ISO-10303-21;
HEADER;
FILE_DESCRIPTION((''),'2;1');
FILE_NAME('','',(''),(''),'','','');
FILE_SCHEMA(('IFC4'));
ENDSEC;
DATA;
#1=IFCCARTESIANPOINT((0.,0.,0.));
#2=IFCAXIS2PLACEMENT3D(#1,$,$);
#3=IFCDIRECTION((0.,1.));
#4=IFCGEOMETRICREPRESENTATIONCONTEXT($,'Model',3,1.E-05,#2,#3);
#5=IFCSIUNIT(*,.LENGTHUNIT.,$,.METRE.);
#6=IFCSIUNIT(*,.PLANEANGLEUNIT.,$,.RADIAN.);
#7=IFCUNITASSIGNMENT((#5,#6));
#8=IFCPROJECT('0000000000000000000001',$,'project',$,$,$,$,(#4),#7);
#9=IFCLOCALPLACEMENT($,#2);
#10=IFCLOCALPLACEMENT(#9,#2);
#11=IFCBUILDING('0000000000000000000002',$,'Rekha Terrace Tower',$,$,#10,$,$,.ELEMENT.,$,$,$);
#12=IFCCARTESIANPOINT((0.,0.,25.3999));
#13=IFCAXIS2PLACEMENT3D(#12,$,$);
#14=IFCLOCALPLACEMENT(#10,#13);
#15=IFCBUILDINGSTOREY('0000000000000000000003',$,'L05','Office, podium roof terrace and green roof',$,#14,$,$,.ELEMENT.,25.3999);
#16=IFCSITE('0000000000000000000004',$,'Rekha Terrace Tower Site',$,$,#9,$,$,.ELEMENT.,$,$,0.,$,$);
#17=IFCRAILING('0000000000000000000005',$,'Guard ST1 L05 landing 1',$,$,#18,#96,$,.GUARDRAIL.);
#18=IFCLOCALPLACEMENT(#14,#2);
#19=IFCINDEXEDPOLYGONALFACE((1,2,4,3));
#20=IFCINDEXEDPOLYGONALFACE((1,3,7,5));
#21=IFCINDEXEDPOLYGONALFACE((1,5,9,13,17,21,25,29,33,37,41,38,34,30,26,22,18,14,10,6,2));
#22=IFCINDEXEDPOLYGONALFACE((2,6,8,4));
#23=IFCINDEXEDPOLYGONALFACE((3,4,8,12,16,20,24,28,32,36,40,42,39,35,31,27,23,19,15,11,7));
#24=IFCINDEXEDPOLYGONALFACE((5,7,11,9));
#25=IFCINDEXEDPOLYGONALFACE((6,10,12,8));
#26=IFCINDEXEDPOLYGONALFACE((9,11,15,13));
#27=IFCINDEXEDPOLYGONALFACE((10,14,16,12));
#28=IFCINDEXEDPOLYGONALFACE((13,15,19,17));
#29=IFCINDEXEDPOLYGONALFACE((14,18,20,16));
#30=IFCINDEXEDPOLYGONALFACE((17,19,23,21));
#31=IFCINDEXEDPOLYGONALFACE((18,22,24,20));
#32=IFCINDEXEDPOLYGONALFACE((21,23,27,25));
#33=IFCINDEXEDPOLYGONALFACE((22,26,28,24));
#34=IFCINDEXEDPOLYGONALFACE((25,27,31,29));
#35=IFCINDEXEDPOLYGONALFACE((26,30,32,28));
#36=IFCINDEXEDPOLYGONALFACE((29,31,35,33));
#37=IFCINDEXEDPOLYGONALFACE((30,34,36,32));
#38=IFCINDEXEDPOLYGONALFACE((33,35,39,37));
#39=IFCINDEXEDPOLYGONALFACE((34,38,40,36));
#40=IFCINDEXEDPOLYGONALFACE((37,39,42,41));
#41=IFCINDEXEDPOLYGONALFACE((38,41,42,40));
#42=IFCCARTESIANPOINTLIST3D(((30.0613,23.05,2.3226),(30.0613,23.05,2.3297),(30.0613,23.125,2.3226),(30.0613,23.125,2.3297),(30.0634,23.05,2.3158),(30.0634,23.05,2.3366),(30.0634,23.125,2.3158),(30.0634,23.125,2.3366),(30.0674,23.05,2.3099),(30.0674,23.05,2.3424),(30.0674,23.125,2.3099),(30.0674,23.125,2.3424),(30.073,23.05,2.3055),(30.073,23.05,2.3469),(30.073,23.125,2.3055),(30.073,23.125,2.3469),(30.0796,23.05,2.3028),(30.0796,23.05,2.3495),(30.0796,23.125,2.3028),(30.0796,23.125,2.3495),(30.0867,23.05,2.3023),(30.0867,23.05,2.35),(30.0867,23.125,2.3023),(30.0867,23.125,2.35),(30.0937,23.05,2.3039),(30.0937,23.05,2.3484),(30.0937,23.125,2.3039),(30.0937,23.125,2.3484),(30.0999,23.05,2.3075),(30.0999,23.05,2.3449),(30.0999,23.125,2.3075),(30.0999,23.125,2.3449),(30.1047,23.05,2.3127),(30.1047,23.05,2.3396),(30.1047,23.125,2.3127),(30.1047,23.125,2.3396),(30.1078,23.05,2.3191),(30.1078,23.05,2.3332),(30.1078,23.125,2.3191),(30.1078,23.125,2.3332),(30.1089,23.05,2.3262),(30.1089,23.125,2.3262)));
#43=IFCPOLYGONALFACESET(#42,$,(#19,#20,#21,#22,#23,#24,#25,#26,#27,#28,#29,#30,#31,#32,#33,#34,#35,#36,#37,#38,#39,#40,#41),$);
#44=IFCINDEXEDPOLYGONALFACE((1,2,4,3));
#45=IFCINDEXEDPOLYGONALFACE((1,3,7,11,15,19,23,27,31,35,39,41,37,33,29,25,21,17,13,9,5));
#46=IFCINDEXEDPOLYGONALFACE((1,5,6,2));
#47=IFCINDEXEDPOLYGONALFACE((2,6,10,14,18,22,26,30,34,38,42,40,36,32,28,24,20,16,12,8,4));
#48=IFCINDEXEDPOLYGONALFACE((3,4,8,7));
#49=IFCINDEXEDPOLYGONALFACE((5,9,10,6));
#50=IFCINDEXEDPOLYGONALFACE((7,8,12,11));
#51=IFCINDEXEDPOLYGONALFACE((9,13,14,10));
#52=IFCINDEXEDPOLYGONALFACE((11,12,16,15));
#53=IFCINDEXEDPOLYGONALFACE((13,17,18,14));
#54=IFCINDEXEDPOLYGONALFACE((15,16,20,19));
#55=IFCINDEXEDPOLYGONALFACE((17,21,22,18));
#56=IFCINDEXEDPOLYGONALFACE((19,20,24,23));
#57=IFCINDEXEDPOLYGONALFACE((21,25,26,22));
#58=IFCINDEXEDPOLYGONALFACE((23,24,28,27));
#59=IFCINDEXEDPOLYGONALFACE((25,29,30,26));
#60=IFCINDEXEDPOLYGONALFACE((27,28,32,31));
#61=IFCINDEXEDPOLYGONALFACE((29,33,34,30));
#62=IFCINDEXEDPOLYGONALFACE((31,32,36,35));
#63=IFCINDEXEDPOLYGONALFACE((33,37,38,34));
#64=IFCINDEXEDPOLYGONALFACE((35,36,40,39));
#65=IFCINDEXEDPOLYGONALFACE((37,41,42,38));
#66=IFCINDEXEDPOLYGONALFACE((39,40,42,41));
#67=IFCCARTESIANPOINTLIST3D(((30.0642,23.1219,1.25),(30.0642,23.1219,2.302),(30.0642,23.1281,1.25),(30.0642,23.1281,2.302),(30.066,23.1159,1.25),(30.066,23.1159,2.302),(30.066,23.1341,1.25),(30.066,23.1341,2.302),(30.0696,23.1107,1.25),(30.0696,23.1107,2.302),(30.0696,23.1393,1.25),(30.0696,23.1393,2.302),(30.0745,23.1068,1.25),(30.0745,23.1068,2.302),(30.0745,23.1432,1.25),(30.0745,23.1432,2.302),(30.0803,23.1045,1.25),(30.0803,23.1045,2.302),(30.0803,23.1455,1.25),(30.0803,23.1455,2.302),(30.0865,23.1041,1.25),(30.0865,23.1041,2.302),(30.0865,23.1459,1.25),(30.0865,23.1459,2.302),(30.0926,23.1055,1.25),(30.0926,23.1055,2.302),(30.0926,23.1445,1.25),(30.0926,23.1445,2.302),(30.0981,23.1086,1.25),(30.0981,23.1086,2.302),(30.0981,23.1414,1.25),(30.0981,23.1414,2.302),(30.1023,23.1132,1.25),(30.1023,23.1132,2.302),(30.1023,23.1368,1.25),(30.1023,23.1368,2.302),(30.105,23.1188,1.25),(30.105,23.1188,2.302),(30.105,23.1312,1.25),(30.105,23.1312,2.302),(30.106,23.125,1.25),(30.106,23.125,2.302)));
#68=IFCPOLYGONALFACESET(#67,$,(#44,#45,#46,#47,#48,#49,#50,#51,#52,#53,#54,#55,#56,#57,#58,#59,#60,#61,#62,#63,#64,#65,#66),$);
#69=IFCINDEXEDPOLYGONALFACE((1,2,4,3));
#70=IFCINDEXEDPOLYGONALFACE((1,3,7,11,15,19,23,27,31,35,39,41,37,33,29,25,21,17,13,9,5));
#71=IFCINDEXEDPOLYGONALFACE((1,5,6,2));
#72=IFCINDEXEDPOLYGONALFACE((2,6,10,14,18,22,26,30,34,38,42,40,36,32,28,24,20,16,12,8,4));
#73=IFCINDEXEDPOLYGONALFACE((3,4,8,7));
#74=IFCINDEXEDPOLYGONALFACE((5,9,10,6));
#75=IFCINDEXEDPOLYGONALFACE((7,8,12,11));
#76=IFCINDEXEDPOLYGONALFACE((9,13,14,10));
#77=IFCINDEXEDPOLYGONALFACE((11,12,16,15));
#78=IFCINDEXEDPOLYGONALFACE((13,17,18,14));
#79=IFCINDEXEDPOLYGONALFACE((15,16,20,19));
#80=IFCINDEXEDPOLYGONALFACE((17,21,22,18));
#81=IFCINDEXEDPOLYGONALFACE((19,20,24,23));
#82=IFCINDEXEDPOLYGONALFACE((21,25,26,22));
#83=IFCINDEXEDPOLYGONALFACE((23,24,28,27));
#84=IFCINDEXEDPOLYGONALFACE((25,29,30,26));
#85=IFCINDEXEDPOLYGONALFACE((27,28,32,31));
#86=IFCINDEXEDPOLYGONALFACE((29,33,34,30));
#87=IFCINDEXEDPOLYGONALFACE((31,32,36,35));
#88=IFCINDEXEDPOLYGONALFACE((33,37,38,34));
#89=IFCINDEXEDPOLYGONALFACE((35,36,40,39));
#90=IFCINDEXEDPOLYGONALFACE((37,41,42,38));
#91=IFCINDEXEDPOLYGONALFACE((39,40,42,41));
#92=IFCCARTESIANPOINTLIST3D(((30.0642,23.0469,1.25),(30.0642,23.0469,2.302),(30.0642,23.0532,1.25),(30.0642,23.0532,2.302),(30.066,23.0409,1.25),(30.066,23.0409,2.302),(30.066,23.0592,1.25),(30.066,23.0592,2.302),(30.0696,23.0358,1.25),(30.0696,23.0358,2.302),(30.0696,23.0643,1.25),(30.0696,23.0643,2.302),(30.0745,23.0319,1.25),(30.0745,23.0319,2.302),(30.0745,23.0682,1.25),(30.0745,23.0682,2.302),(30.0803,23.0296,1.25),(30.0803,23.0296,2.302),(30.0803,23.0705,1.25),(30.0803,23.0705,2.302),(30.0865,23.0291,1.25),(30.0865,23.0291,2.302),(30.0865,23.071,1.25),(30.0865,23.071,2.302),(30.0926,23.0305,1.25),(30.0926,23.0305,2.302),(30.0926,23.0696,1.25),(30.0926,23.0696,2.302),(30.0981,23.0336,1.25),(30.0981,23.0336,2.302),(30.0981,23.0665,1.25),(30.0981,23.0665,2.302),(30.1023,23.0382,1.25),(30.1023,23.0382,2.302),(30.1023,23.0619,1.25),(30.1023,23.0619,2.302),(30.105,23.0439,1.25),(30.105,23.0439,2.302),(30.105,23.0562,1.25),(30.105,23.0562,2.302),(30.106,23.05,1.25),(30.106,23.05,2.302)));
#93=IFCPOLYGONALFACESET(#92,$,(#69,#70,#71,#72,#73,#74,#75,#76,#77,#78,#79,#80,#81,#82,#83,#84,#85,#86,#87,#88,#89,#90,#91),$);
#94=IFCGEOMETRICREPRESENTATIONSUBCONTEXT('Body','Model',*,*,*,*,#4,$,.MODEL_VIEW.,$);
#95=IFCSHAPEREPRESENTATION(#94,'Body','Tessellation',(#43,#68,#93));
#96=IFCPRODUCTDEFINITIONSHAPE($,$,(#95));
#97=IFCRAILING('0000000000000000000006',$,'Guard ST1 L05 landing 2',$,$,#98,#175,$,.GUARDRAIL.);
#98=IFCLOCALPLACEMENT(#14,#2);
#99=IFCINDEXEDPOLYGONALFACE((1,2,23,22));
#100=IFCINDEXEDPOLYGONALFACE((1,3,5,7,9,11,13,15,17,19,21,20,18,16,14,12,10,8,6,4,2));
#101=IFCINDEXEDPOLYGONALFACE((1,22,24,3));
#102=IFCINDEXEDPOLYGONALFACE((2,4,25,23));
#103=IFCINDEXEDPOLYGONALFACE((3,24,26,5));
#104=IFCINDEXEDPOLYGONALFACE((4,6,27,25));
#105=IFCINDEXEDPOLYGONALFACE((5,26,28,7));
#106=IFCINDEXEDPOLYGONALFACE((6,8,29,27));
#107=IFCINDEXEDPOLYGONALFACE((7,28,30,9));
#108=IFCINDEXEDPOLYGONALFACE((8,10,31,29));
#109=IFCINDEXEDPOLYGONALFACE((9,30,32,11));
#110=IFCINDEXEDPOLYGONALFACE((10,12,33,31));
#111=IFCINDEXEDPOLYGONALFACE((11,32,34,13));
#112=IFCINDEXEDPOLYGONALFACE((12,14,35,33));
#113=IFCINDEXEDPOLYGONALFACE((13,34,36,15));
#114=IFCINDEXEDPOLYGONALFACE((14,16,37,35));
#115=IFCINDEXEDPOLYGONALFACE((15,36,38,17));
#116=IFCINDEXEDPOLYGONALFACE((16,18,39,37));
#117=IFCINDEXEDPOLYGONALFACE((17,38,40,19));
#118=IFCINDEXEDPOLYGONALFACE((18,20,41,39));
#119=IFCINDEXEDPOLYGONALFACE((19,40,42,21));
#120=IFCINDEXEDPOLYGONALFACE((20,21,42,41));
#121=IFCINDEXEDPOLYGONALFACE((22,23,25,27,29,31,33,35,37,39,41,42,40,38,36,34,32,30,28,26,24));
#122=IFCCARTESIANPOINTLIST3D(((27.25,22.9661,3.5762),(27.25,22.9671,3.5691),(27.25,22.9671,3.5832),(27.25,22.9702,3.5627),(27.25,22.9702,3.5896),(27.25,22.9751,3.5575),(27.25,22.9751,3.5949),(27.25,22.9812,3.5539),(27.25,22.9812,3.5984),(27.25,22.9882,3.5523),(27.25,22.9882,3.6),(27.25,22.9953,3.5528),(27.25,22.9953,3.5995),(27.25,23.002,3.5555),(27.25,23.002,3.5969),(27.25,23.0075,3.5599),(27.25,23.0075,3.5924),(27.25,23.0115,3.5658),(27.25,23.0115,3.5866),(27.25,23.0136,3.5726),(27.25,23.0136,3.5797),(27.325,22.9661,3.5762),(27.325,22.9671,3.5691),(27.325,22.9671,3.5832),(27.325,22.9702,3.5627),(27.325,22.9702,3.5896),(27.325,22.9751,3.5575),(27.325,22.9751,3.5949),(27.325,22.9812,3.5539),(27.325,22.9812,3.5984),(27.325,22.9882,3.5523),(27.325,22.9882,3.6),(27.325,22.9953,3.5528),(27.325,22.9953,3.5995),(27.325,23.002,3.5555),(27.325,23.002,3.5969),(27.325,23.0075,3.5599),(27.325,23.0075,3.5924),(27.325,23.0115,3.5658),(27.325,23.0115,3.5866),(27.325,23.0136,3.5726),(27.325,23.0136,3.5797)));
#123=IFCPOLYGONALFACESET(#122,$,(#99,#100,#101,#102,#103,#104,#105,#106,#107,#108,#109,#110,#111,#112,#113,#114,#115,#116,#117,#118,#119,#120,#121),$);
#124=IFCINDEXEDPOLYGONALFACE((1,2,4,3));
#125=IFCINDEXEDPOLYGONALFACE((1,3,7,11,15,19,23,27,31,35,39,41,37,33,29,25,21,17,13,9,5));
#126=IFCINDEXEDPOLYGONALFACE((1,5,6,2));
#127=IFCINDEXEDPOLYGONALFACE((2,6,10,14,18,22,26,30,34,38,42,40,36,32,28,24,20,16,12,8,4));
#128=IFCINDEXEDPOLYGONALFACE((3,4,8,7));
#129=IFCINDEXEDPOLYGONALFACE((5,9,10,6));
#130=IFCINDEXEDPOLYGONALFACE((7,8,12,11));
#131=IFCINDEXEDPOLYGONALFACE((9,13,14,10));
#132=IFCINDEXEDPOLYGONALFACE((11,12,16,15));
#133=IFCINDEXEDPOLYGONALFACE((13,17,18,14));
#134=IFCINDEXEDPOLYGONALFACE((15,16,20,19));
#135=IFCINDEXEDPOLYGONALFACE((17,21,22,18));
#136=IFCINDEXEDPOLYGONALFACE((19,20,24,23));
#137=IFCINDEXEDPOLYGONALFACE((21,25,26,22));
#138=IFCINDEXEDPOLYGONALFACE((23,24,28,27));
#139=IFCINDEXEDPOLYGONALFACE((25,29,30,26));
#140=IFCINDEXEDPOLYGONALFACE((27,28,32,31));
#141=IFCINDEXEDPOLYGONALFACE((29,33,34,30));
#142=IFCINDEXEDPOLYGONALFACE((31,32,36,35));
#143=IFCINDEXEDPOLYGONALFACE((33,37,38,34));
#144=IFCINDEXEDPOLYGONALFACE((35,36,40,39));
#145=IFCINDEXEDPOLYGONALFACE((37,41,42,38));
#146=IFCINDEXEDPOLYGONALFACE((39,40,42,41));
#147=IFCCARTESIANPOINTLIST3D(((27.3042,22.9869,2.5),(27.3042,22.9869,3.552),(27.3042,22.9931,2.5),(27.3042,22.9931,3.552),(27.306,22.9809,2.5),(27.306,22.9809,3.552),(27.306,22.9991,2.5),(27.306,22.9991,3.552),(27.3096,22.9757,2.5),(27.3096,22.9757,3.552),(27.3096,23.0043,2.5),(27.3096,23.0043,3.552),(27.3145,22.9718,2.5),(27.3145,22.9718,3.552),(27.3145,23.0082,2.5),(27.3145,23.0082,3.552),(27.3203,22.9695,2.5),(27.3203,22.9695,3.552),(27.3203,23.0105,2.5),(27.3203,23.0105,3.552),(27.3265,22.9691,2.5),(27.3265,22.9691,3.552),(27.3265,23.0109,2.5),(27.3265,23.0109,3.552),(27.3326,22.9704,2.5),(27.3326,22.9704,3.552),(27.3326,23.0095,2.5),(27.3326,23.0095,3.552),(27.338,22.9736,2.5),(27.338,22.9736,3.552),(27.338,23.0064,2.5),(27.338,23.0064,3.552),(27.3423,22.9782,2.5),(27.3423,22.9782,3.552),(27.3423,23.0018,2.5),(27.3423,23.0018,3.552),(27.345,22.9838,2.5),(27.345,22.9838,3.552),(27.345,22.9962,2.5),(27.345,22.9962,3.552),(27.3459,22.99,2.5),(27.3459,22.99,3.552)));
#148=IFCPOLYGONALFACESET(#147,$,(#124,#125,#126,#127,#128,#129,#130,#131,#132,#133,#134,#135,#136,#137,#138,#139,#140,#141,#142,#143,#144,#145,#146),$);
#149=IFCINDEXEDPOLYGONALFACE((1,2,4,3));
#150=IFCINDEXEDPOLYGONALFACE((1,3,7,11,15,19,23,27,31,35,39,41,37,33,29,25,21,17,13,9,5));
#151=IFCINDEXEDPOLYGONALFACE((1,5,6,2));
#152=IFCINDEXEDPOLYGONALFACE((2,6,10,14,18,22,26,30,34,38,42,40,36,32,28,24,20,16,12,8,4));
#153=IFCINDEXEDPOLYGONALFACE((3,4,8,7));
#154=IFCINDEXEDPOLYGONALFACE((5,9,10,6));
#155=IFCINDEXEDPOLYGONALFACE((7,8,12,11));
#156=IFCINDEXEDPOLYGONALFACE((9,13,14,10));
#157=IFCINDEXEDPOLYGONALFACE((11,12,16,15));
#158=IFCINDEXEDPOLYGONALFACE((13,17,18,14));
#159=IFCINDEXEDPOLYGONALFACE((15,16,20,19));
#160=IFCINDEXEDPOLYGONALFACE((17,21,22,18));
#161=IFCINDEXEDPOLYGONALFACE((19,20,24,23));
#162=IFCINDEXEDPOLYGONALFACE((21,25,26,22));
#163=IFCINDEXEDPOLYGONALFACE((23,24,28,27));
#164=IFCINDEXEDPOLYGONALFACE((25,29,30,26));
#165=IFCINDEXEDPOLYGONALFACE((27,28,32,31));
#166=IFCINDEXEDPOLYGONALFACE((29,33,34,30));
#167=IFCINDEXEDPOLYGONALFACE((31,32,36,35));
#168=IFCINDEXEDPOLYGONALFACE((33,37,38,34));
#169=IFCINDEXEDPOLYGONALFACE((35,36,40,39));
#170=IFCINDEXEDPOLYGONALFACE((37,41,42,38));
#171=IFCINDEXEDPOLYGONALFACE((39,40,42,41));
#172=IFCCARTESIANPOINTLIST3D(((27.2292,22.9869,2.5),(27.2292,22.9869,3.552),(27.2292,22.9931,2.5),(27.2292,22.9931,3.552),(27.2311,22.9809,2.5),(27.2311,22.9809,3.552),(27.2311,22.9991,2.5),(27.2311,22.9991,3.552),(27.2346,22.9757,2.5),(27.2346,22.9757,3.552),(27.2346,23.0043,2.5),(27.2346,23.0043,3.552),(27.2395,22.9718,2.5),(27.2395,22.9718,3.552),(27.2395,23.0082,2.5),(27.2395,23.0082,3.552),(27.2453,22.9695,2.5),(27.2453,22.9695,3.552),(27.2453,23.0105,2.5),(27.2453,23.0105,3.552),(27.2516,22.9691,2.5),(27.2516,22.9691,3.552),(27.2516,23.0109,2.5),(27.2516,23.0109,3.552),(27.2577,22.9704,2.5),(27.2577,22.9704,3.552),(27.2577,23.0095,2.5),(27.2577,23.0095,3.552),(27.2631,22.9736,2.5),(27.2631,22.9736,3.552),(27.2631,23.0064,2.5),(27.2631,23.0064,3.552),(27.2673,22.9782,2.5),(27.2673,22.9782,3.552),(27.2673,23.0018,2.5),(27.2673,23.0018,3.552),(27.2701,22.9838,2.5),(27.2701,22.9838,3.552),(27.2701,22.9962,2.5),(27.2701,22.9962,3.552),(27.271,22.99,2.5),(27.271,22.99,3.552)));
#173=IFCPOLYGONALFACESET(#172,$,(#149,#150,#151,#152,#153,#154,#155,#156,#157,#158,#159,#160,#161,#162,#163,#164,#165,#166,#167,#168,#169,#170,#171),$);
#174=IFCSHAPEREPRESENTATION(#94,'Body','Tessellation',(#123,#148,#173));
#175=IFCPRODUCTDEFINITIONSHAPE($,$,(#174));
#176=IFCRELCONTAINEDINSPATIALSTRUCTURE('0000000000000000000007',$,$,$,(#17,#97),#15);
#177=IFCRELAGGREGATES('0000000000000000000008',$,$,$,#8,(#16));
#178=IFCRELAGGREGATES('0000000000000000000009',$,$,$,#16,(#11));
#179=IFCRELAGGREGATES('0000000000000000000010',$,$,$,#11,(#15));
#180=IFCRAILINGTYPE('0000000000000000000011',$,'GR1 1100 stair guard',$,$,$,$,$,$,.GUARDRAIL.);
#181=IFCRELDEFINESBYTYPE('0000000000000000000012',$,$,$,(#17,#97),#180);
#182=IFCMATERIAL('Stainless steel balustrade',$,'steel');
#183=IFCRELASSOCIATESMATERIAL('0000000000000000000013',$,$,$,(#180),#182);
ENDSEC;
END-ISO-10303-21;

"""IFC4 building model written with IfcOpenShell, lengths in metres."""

from ifc_helpers import new_model, si_unit, direction, frame, origin, origin_2d, place, context, subcontext, project, spatial, circle, extrude, material, type_object, element, save


model = new_model("IFC4")

# Units and contexts
model_context = context("Model", 3, precision=1e-05, world=origin(), true_north=direction((0.0, 1.0)))
body_context = subcontext(model_context, "Body", "Model", "MODEL_VIEW")
ifc_project = project(units=[si_unit("LENGTHUNIT", "METRE"), si_unit("PLANEANGLEUNIT", "RADIAN")], contexts=[model_context])

# Site, building, storey
site_placement = place(None, origin())
site = spatial("IfcSite", under=ifc_project, at=site_placement, Name="Rekha Terrace Tower Site", CompositionType="ELEMENT", RefElevation=0.0)
building_placement = place(site_placement, origin())
building = spatial("IfcBuilding", under=site, at=building_placement, Name="Rekha Terrace Tower", CompositionType="ELEMENT")
storey_placement = place(building_placement, frame((0.0, 0.0, 25.3999)))
storey = spatial("IfcBuildingStorey", under=building, at=storey_placement, Name="L05", Description="Office, podium roof terrace and green roof", CompositionType="ELEMENT", Elevation=25.3999)

# Railings
ifc_material_1 = material(Name="Stainless steel balustrade", Category="steel")
railing_type_1 = type_object("IfcRailingType", Name="GR1 1100 stair guard", PredefinedType="GUARDRAIL", material=ifc_material_1)
railing_1_placement = place(storey_placement, frame((30.085, 23.125, 1.25)))
element("IfcRailing", 1, at=railing_1_placement, inside=storey, type_object=railing_type_1, Name="Guard ST1 L05 landing 1", PredefinedType="GUARDRAIL", context=body_context, shape_type="SweptSolid", body=[
    extrude(circle(Radius=0.0239, at=origin_2d()), frame((0.0, 0.0, 1.0762), z_axis=(0.0, -1.0, 0.0), x_axis=(1.0, 0.0, 0.0)), (0.0, 0.0, 1.0), 0.075),
    extrude(circle(Radius=0.021, at=origin_2d()), origin(), (0.0, 0.0, 1.0), 1.052),
    extrude(circle(Radius=0.021, at=origin_2d()), frame((0.0, -0.075, 0.0)), (0.0, 0.0, 1.0), 1.052),
])
railing_2_placement = place(storey_placement, frame((27.325, 22.99, 2.5)))
element("IfcRailing", 2, at=railing_2_placement, inside=storey, type_object=railing_type_1, Name="Guard ST1 L05 landing 2", PredefinedType="GUARDRAIL", context=body_context, shape_type="SweptSolid", body=[
    extrude(circle(Radius=0.0239, at=origin_2d()), frame((0.0, 0.0, 1.0762), z_axis=(-1.0, 0.0, 0.0), x_axis=(0.0, -1.0, 0.0)), (0.0, 0.0, 1.0), 0.075),
    extrude(circle(Radius=0.021, at=origin_2d()), origin(), (0.0, 0.0, 1.0), 1.052),
    extrude(circle(Radius=0.021, at=origin_2d()), frame((-0.075, 0.0, 0.0)), (0.0, 0.0, 1.0), 1.052),
])

save(model, "model.ifc")
